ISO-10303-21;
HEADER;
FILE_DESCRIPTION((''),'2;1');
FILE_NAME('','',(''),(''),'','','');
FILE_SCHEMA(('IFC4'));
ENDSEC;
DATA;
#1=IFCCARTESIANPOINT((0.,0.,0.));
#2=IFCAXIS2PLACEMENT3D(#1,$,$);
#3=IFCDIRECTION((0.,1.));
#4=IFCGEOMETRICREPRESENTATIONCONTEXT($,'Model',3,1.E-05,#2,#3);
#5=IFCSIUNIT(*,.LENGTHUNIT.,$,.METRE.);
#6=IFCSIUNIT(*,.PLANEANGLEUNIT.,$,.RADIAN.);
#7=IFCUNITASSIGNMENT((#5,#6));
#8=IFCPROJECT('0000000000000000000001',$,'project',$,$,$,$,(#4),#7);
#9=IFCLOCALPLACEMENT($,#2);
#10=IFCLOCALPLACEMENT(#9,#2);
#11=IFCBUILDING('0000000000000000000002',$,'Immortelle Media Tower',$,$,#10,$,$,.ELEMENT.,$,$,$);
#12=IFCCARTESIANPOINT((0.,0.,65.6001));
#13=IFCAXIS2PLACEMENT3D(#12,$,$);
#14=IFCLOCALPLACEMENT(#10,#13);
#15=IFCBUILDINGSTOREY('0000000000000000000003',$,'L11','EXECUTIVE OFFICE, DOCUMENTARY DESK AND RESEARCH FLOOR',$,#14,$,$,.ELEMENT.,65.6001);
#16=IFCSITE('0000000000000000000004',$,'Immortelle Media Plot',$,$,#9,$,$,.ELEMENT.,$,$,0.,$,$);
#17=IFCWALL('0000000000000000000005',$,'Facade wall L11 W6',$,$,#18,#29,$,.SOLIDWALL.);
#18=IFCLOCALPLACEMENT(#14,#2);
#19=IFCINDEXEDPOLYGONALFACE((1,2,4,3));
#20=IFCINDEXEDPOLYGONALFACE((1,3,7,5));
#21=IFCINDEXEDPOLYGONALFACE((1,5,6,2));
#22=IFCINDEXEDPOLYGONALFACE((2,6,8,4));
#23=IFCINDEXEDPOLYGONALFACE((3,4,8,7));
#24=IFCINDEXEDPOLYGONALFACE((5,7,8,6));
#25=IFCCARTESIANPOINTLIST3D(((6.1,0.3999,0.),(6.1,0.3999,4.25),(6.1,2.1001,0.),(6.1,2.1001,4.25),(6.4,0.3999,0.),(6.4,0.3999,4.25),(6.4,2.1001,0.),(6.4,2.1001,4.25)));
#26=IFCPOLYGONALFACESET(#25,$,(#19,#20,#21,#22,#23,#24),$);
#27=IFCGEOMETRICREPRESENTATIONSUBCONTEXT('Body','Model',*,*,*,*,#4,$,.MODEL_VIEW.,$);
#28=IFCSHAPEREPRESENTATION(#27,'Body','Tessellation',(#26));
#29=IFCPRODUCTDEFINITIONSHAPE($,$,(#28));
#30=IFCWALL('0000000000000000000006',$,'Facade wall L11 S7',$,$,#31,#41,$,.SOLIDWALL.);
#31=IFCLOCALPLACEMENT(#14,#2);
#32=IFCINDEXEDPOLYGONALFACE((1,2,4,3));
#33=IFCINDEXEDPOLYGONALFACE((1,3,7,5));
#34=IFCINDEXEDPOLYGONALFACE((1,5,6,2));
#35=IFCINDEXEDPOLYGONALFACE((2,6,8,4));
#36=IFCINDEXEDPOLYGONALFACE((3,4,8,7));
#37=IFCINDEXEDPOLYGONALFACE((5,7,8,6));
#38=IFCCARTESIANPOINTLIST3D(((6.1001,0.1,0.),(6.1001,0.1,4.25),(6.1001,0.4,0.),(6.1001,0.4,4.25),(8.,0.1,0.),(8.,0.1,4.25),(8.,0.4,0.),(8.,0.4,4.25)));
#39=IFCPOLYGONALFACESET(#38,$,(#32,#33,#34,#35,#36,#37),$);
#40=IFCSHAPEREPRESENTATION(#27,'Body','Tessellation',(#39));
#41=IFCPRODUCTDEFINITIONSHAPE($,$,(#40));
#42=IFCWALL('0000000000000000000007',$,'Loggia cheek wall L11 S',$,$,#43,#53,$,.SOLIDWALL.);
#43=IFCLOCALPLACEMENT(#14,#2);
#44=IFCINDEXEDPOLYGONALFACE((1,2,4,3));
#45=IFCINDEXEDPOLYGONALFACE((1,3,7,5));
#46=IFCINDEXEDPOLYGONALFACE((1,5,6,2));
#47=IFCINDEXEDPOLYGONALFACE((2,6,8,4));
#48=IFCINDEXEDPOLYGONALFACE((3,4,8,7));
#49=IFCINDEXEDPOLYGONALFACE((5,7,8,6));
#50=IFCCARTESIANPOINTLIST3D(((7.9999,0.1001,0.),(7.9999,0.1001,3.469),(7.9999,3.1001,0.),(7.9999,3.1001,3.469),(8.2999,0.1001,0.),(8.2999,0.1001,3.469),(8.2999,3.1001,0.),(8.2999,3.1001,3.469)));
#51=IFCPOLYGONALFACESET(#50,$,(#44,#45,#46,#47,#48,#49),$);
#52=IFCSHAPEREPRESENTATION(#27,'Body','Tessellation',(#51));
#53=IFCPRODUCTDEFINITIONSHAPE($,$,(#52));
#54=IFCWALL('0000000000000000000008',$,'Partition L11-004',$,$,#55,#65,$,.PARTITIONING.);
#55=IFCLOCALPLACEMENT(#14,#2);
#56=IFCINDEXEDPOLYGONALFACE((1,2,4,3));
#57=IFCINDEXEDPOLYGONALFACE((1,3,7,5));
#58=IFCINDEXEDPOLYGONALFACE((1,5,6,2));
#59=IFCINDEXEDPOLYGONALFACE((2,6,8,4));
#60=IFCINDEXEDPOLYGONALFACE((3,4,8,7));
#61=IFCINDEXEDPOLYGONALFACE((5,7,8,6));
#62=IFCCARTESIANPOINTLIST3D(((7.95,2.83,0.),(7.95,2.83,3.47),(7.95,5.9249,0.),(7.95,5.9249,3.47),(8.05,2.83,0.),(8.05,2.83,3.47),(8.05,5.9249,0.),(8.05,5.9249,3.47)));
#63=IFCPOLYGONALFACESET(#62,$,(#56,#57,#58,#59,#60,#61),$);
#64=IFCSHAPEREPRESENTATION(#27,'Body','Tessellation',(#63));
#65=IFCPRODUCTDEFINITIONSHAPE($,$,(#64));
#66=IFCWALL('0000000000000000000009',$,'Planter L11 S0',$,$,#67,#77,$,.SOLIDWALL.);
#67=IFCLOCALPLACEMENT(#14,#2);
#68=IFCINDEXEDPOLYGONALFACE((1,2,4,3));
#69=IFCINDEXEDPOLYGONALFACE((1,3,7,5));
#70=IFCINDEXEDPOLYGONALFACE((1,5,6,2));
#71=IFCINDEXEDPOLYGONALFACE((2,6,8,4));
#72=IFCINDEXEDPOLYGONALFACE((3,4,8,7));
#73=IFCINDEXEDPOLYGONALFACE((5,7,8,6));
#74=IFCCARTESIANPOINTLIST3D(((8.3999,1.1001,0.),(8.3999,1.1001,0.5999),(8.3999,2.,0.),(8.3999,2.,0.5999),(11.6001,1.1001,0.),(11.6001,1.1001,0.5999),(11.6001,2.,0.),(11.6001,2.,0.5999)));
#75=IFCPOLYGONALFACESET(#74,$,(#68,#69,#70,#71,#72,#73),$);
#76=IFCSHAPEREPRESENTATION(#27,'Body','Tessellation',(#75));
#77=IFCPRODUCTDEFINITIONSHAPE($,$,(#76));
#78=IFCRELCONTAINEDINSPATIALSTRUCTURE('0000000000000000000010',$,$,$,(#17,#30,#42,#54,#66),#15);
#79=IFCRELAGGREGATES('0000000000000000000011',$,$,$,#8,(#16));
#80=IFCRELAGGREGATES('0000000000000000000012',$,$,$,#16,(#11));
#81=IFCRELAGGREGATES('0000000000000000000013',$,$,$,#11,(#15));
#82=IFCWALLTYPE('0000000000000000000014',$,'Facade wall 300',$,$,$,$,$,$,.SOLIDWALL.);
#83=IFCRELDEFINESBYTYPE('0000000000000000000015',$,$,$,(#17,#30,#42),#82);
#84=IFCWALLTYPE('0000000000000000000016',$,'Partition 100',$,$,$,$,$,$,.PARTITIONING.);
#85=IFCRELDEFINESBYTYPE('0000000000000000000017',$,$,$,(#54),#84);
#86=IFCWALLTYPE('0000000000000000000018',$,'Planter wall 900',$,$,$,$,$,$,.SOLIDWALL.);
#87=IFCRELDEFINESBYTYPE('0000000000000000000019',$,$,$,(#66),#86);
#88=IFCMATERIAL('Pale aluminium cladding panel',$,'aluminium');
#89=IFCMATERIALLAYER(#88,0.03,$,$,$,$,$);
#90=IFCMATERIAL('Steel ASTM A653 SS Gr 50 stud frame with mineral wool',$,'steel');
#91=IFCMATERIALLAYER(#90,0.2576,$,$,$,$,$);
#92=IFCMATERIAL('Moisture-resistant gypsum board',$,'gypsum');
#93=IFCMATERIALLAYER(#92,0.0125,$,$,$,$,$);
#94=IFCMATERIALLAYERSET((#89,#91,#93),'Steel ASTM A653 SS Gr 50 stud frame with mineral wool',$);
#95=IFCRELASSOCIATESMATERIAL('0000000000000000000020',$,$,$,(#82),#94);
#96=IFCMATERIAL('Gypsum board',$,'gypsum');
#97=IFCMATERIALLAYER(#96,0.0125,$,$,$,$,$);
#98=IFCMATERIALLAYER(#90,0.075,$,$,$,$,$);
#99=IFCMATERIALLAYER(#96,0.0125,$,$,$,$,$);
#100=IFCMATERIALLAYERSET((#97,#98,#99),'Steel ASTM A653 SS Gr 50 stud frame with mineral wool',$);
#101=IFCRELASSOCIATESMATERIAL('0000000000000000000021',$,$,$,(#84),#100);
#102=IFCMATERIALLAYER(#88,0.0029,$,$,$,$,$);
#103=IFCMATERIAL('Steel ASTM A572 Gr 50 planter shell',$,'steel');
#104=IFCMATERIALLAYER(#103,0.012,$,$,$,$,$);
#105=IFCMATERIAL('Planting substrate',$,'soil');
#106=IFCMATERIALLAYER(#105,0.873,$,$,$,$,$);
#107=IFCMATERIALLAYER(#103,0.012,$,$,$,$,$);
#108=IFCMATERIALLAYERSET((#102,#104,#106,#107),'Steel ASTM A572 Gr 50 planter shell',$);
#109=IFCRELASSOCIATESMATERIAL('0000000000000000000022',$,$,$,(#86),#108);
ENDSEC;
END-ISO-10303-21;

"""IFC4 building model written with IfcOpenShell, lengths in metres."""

from ifc_helpers import new_model, si_unit, direction, frame, frame_2d, origin, place, context, subcontext, project, spatial, rectangle, extrude, material, layer, layer_set, type_object, element, save


model = new_model("IFC4")

# Units and contexts
model_context = context("Model", 3, precision=1e-05, world=origin(), true_north=direction((0.0, 1.0)))
body_context = subcontext(model_context, "Body", "Model", "MODEL_VIEW")
ifc_project = project(units=[si_unit("LENGTHUNIT", "METRE"), si_unit("PLANEANGLEUNIT", "RADIAN")], contexts=[model_context])

# Site, building, storey
site_placement = place(None, origin())
site = spatial("IfcSite", under=ifc_project, at=site_placement, Name="Immortelle Media Plot", CompositionType="ELEMENT", RefElevation=0.0)
building_placement = place(site_placement, origin())
building = spatial("IfcBuilding", under=site, at=building_placement, Name="Immortelle Media Tower", CompositionType="ELEMENT")
storey_placement = place(building_placement, frame((0.0, 0.0, 65.6001)))
storey = spatial("IfcBuildingStorey", under=building, at=storey_placement, Name="L11", Description="EXECUTIVE OFFICE, DOCUMENTARY DESK AND RESEARCH FLOOR", CompositionType="ELEMENT", Elevation=65.6001)

# Walls
ifc_material_1 = material(Name="Pale aluminium cladding panel", Category="aluminium")
ifc_layer_1 = layer(ifc_material_1, 0.03)
ifc_material_2 = material(Name="Steel ASTM A653 SS Gr 50 stud frame with mineral wool", Category="steel")
ifc_layer_2 = layer(ifc_material_2, 0.2576)
ifc_material_3 = material(Name="Moisture-resistant gypsum board", Category="gypsum")
ifc_layer_3 = layer(ifc_material_3, 0.0125)
ifc_layer_set_1 = layer_set([ifc_layer_1, ifc_layer_2, ifc_layer_3], Name="Steel ASTM A653 SS Gr 50 stud frame with mineral wool")
wall_type_1 = type_object("IfcWallType", Name="Facade wall 300", PredefinedType="SOLIDWALL", material=ifc_layer_set_1)
wall_1_placement = place(storey_placement, frame((6.25, 2.1001, 0.0), z_axis=(0.0, 0.0, 1.0), x_axis=(0.0, -1.0, 0.0)))
element("IfcWall", 1, at=wall_1_placement, inside=storey, type_object=wall_type_1, Name="Facade wall L11 W6", PredefinedType="SOLIDWALL", context=body_context, shape_type="SweptSolid", body=[
    extrude(rectangle(XDim=1.7002, YDim=0.3, at=frame_2d((0.8501, 0.0))), origin(), (0.0, 0.0, 1.0), 4.25),
])
wall_2_placement = place(storey_placement, frame((6.1001, 0.25, 0.0), z_axis=(0.0, 0.0, 1.0), x_axis=(1.0, 0.0, 0.0)))
element("IfcWall", 2, at=wall_2_placement, inside=storey, type_object=wall_type_1, Name="Facade wall L11 S7", PredefinedType="SOLIDWALL", context=body_context, shape_type="SweptSolid", body=[
    extrude(rectangle(XDim=1.8999, YDim=0.3, at=frame_2d((0.95, 0.0))), origin(), (0.0, 0.0, 1.0), 4.25),
])

# Walls
wall_3_placement = place(storey_placement, frame((8.1499, 0.1001, 0.0), z_axis=(0.0, 0.0, 1.0), x_axis=(0.0, 1.0, 0.0)))
element("IfcWall", 3, at=wall_3_placement, inside=storey, type_object=wall_type_1, Name="Loggia cheek wall L11 S", PredefinedType="SOLIDWALL", context=body_context, shape_type="SweptSolid", body=[
    extrude(rectangle(XDim=3.0, YDim=0.3, at=frame_2d((1.5, 0.0))), origin(), (0.0, 0.0, 1.0), 3.469),
])
ifc_material_4 = material(Name="Gypsum board", Category="gypsum")
ifc_layer_4 = layer(ifc_material_4, 0.0125)
ifc_layer_5 = layer(ifc_material_2, 0.075)
ifc_layer_6 = layer(ifc_material_4, 0.0125)
ifc_layer_set_2 = layer_set([ifc_layer_4, ifc_layer_5, ifc_layer_6], Name="Steel ASTM A653 SS Gr 50 stud frame with mineral wool")
wall_type_2 = type_object("IfcWallType", Name="Partition 100", PredefinedType="PARTITIONING", material=ifc_layer_set_2)
wall_4_placement = place(storey_placement, frame((8.0, 2.8301, 0.0), z_axis=(0.0, 0.0, 1.0), x_axis=(0.0, 1.0, 0.0)))
element("IfcWall", 4, at=wall_4_placement, inside=storey, type_object=wall_type_2, Name="Partition L11-004", PredefinedType="PARTITIONING", context=body_context, shape_type="SweptSolid", body=[
    extrude(rectangle(XDim=3.095, YDim=0.1001, at=frame_2d((1.5474, 0.0))), origin(), (0.0, 0.0, 1.0), 3.47),
])
ifc_layer_7 = layer(ifc_material_1, 0.0029)
ifc_material_5 = material(Name="Steel ASTM A572 Gr 50 planter shell", Category="steel")
ifc_layer_8 = layer(ifc_material_5, 0.012)
ifc_material_6 = material(Name="Planting substrate", Category="soil")
ifc_layer_9 = layer(ifc_material_6, 0.873)
ifc_layer_10 = layer(ifc_material_5, 0.012)
ifc_layer_set_3 = layer_set([ifc_layer_7, ifc_layer_8, ifc_layer_9, ifc_layer_10], Name="Steel ASTM A572 Gr 50 planter shell")
wall_type_3 = type_object("IfcWallType", Name="Planter wall 900", PredefinedType="SOLIDWALL", material=ifc_layer_set_3)
wall_5_placement = place(storey_placement, frame((8.3999, 1.55, 0.0), z_axis=(0.0, 0.0, 1.0), x_axis=(1.0, 0.0, 0.0)))
element("IfcWall", 5, at=wall_5_placement, inside=storey, type_object=wall_type_3, Name="Planter L11 S0", PredefinedType="SOLIDWALL", context=body_context, shape_type="SweptSolid", body=[
    extrude(rectangle(XDim=3.2002, YDim=0.8999, at=frame_2d((1.6001, 0.0))), origin(), (0.0, 0.0, 1.0), 0.5999),
])

save(model, "model.ifc")
